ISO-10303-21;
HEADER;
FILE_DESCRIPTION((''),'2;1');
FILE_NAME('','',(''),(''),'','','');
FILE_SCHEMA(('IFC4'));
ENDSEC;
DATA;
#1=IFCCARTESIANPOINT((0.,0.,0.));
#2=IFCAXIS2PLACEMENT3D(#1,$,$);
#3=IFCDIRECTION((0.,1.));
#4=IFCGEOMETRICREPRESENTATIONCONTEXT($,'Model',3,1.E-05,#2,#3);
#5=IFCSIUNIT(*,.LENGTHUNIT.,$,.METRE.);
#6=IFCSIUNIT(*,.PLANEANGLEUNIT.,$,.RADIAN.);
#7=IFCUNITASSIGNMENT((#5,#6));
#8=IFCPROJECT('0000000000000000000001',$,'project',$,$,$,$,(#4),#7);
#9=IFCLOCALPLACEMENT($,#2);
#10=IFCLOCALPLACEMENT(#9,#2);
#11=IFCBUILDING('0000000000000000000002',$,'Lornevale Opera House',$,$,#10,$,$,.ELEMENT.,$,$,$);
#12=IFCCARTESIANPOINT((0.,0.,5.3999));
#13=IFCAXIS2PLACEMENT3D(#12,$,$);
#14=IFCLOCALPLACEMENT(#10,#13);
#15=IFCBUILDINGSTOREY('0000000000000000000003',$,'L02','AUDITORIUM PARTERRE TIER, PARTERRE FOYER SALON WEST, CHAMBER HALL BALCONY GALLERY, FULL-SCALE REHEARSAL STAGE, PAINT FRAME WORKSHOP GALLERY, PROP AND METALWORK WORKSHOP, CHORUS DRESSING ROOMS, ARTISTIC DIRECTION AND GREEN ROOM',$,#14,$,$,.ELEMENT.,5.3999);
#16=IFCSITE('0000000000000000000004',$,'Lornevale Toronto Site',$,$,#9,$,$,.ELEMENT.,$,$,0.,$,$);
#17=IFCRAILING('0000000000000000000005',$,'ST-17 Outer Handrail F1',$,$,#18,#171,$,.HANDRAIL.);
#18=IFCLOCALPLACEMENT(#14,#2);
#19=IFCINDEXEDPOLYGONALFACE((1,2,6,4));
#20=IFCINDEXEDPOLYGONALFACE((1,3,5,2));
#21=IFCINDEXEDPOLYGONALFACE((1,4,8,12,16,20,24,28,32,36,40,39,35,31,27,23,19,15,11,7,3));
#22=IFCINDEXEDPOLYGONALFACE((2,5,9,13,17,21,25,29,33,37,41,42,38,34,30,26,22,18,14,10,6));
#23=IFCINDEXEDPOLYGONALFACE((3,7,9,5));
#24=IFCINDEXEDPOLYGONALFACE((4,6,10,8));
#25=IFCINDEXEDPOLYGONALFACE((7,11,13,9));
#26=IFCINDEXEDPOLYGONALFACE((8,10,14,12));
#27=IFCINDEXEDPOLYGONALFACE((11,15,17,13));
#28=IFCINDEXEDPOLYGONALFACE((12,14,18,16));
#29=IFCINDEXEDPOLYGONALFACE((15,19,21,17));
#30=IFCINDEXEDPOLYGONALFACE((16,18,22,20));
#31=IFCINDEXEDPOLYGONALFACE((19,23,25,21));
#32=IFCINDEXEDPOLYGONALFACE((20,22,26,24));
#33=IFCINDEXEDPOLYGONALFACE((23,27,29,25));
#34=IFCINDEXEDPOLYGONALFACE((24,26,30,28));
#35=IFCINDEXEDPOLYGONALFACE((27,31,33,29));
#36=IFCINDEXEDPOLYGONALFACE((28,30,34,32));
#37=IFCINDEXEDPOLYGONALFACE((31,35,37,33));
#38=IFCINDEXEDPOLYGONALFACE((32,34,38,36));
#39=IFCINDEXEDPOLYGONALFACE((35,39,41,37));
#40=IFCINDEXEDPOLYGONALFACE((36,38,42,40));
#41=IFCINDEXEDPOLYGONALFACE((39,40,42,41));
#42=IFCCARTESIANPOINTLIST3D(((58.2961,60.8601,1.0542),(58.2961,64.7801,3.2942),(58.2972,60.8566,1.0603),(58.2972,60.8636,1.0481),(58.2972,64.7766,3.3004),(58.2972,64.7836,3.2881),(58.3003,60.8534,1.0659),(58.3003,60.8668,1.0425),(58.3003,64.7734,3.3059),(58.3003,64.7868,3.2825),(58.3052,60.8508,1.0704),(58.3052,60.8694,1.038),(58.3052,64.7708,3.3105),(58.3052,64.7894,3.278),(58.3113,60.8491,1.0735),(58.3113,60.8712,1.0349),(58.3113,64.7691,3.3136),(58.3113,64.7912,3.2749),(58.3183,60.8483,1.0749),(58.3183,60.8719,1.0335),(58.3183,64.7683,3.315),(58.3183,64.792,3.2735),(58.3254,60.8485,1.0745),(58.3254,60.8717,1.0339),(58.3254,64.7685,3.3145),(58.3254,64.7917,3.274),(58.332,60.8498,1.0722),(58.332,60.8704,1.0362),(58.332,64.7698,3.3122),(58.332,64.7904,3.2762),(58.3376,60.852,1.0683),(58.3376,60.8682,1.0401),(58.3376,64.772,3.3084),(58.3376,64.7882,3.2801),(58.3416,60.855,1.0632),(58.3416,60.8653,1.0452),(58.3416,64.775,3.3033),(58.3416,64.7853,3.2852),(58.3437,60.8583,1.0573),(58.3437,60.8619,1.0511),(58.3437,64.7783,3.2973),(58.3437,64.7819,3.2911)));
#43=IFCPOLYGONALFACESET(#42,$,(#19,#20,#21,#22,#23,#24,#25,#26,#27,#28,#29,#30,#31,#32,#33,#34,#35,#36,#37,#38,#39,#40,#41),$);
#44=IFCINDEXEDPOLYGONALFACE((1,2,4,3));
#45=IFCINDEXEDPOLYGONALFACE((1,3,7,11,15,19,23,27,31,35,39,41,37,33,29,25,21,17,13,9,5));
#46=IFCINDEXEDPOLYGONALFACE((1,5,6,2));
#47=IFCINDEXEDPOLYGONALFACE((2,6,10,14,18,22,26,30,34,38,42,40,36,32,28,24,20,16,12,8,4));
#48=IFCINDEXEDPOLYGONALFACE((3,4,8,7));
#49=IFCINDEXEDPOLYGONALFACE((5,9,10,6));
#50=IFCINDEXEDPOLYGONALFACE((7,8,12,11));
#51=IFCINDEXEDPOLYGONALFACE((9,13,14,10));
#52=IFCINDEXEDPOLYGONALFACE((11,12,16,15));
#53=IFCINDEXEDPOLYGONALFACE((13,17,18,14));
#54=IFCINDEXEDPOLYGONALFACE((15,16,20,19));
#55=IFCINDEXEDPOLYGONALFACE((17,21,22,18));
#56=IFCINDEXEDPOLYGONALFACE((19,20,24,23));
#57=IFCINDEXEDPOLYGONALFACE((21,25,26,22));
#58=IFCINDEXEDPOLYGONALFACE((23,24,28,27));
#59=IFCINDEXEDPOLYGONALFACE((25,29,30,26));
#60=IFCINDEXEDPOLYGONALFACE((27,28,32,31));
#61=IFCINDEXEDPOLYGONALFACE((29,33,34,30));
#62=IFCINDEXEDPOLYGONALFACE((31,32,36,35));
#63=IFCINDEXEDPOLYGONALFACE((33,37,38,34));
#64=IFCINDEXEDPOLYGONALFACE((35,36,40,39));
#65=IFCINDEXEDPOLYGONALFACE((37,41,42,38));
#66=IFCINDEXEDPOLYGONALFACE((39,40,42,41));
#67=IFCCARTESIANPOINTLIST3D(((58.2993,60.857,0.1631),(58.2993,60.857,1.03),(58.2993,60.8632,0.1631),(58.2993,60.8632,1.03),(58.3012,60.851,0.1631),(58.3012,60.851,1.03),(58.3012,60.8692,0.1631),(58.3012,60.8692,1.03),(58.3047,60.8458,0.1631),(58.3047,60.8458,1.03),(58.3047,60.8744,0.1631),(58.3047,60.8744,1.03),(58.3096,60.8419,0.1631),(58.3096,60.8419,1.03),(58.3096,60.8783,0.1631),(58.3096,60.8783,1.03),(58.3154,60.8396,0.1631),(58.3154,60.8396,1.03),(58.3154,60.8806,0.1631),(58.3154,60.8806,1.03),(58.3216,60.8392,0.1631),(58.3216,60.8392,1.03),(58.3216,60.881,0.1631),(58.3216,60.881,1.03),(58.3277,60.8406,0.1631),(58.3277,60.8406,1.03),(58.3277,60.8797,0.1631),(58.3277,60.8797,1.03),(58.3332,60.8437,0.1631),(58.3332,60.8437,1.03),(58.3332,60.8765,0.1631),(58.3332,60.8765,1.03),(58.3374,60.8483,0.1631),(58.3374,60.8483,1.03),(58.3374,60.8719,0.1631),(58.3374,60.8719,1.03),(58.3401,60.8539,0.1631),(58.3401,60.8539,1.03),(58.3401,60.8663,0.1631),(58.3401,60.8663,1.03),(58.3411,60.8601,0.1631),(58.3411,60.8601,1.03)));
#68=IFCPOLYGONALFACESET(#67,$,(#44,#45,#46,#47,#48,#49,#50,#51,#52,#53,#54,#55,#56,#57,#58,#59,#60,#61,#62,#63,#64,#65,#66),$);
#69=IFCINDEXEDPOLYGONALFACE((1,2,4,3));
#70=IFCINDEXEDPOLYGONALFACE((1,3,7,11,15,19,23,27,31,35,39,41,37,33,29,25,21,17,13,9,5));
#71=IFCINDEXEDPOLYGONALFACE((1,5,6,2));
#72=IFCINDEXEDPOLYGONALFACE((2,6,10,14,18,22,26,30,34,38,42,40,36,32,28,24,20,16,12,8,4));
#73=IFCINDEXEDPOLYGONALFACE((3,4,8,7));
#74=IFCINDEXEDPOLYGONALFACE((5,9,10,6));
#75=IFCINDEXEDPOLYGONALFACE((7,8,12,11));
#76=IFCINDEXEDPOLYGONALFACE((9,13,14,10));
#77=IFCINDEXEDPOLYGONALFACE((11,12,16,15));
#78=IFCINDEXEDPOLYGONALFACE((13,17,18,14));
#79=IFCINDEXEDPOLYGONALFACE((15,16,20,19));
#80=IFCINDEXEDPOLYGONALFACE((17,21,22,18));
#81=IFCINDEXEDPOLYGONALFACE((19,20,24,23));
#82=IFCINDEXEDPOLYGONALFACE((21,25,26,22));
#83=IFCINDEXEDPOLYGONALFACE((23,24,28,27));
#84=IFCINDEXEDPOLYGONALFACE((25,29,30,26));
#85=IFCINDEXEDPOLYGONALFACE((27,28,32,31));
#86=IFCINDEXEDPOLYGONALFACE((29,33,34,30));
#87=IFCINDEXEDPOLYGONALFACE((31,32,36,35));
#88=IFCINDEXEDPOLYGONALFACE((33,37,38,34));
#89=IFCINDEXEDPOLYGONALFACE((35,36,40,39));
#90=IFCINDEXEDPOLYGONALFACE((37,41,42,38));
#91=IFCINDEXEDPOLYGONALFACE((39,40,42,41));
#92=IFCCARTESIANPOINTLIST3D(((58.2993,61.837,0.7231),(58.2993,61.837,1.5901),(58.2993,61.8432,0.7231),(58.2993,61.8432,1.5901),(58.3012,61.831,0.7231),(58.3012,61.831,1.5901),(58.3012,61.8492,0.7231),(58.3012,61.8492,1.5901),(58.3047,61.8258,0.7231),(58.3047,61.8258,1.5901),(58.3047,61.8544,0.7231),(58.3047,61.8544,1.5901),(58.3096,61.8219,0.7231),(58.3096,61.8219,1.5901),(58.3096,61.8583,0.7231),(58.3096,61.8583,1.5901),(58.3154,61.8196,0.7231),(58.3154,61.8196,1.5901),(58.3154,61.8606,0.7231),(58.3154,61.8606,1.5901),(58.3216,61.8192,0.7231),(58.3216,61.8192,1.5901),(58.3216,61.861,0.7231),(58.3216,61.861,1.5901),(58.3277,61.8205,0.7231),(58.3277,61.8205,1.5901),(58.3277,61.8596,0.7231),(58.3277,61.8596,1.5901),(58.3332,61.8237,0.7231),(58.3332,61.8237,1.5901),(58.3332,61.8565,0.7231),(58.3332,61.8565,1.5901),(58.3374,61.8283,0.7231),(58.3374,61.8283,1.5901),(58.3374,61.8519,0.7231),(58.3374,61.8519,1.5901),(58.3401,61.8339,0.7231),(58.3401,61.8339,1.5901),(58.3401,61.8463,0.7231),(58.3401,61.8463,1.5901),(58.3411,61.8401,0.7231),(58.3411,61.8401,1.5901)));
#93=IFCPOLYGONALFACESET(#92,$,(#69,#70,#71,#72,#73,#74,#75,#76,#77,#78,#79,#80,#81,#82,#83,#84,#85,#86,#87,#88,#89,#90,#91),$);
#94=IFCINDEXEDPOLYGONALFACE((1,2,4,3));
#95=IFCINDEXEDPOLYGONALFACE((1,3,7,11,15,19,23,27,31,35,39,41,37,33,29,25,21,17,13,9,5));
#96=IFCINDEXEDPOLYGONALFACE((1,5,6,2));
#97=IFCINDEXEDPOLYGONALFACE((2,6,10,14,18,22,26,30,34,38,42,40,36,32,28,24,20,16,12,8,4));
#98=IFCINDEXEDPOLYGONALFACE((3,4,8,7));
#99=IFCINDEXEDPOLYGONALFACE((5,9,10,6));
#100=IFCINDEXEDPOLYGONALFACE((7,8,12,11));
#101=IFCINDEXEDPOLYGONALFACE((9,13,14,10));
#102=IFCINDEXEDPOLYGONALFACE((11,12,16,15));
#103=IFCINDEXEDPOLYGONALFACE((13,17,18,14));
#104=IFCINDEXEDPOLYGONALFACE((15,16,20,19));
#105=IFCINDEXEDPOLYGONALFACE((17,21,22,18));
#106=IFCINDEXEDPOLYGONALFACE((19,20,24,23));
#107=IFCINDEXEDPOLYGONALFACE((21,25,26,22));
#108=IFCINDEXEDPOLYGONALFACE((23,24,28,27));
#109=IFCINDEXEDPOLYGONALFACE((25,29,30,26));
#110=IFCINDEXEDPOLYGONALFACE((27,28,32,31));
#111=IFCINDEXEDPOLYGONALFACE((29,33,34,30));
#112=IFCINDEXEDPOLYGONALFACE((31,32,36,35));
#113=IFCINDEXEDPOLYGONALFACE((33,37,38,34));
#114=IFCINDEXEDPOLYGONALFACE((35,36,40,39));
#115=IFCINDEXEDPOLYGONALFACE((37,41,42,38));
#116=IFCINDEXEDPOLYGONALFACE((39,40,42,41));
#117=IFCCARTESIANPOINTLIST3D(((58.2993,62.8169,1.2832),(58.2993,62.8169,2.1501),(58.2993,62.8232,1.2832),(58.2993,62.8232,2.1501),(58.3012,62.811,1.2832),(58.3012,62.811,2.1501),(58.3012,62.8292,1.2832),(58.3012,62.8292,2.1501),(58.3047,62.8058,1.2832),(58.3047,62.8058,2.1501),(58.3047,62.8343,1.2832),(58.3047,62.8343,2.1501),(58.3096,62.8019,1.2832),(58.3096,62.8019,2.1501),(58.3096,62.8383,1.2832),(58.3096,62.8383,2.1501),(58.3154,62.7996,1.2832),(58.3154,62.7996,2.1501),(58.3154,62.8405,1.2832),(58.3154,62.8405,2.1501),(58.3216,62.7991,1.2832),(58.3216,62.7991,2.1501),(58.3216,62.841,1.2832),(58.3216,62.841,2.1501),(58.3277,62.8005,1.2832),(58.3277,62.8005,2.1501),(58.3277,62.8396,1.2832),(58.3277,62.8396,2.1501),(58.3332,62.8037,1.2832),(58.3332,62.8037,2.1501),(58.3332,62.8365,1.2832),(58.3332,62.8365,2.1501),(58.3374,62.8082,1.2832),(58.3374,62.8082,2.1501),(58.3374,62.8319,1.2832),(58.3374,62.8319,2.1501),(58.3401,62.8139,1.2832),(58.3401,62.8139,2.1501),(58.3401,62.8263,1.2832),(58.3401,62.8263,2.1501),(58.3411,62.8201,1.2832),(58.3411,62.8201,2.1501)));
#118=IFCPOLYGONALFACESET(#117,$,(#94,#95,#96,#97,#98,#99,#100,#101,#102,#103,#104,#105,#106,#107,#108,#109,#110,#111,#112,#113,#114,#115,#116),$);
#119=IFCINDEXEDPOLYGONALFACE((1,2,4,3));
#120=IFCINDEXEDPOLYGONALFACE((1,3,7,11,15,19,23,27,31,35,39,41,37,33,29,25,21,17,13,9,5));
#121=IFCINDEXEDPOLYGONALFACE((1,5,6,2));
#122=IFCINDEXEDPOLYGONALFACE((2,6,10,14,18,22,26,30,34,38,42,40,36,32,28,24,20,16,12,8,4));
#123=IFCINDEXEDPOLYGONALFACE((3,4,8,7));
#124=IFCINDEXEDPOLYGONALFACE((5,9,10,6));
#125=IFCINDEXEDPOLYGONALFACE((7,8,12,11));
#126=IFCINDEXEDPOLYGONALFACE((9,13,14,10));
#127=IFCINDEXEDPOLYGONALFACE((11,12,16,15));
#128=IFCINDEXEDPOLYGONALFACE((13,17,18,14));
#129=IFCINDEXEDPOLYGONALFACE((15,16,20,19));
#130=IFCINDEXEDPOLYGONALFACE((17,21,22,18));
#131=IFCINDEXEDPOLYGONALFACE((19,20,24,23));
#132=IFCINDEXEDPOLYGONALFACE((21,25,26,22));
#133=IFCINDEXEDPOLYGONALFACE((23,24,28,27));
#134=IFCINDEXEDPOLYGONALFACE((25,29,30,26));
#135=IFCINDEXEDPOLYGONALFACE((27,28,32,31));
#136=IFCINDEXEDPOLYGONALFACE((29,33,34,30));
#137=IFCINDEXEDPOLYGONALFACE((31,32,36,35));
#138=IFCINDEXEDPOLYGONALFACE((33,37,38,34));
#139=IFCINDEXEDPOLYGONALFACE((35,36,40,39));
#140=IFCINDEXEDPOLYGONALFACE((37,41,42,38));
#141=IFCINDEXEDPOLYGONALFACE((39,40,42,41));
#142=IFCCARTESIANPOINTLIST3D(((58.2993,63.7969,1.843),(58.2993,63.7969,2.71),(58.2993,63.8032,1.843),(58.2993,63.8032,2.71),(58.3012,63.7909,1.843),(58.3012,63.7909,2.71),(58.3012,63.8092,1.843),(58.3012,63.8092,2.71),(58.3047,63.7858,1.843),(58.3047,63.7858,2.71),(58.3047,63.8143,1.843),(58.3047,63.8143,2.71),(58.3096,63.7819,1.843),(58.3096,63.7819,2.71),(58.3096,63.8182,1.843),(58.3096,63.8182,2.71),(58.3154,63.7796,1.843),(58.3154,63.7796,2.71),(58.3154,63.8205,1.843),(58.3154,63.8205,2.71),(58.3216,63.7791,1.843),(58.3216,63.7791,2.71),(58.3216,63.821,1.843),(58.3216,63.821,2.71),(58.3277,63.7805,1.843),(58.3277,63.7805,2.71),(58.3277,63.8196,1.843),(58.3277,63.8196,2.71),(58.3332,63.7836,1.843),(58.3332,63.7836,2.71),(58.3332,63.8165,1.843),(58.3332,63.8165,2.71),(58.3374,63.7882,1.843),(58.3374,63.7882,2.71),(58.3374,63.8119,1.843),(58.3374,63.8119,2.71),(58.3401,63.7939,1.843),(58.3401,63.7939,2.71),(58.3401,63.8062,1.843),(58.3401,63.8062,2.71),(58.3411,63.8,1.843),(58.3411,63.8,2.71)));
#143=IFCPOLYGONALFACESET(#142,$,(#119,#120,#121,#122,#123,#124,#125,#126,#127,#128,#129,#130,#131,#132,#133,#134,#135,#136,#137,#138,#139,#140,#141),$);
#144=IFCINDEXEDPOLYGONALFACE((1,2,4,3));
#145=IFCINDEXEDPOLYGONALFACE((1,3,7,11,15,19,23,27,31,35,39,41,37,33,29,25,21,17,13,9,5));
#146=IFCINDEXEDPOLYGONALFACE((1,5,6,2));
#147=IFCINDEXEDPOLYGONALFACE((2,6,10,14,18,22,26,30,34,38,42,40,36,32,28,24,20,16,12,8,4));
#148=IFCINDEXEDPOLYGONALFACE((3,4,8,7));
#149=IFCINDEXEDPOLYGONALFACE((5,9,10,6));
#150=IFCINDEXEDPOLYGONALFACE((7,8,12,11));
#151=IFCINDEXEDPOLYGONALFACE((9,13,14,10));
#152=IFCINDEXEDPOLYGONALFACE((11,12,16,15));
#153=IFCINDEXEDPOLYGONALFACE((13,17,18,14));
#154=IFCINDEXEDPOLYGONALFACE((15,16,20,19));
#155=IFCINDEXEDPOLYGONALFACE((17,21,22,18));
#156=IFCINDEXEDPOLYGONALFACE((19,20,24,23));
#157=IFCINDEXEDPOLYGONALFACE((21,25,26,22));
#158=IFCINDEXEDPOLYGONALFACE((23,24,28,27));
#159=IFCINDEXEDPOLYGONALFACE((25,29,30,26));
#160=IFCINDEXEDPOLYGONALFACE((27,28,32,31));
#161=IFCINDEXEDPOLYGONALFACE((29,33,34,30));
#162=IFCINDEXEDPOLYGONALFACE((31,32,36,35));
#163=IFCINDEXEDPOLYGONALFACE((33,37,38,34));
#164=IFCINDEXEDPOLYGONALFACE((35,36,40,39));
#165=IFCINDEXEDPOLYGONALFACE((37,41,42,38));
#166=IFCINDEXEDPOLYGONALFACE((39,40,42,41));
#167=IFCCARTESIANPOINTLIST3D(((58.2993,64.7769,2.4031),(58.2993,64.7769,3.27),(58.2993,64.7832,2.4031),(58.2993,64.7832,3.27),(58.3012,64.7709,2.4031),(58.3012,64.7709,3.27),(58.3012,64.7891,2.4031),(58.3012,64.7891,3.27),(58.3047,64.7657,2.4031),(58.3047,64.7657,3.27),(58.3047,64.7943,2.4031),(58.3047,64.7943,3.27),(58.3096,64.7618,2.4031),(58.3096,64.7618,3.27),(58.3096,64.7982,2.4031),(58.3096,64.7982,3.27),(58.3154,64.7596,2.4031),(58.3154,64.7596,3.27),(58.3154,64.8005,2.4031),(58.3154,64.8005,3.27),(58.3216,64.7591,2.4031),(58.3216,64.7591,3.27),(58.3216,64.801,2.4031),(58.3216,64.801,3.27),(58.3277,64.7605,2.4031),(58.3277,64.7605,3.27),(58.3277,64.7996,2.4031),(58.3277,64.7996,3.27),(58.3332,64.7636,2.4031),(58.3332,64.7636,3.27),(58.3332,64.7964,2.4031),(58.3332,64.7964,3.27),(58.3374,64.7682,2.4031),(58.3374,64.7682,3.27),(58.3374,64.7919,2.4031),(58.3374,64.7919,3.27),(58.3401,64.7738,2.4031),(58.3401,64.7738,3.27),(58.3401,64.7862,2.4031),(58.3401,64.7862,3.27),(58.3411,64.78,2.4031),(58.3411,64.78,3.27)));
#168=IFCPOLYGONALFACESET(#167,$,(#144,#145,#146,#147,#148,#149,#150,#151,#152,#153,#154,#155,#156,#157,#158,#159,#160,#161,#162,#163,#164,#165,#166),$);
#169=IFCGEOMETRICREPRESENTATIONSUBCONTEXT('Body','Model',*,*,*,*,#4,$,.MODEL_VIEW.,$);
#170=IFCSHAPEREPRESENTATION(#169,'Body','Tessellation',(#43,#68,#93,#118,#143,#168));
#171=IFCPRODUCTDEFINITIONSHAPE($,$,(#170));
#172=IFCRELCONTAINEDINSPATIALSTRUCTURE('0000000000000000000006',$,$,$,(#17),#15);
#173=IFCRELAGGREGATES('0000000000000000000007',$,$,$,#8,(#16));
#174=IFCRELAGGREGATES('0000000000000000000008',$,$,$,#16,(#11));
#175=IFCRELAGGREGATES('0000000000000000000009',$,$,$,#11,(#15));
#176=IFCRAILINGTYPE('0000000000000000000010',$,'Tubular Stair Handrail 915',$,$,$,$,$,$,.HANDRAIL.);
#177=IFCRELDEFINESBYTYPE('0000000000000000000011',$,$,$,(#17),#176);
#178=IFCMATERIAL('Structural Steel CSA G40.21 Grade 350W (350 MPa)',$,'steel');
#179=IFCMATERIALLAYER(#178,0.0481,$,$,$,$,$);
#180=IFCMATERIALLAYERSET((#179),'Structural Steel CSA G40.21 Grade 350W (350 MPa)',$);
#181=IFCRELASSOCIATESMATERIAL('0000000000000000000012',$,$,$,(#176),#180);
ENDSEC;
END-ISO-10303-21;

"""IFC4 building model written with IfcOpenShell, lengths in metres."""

from ifc_helpers import new_model, si_unit, direction, frame, origin, origin_2d, place, context, subcontext, project, spatial, circle, extrude, material, layer, layer_set, type_object, element, save


model = new_model("IFC4")

# Units and contexts
model_context = context("Model", 3, precision=1e-05, world=origin(), true_north=direction((0.0, 1.0)))
body_context = subcontext(model_context, "Body", "Model", "MODEL_VIEW")
ifc_project = project(units=[si_unit("LENGTHUNIT", "METRE"), si_unit("PLANEANGLEUNIT", "RADIAN")], contexts=[model_context])

# Site, building, storey
site_placement = place(None, origin())
site = spatial("IfcSite", under=ifc_project, at=site_placement, Name="Lornevale Toronto Site", CompositionType="ELEMENT", RefElevation=0.0)
building_placement = place(site_placement, origin())
building = spatial("IfcBuilding", under=site, at=building_placement, Name="Lornevale Opera House", CompositionType="ELEMENT")
storey_placement = place(building_placement, frame((0.0, 0.0, 5.3999)))
storey = spatial("IfcBuildingStorey", under=building, at=storey_placement, Name="L02", Description="AUDITORIUM PARTERRE TIER, PARTERRE FOYER SALON WEST, CHAMBER HALL BALCONY GALLERY, FULL-SCALE REHEARSAL STAGE, PAINT FRAME WORKSHOP GALLERY, PROP AND METALWORK WORKSHOP, CHORUS DRESSING ROOMS, ARTISTIC DIRECTION AND GREEN ROOM", CompositionType="ELEMENT", Elevation=5.3999)

# Shared definitions
ifc_material_1 = material(Name="Structural Steel CSA G40.21 Grade 350W (350 MPa)", Category="steel")

# Railing
ifc_layer_1 = layer(ifc_material_1, 0.0481)
ifc_layer_set_1 = layer_set([ifc_layer_1], Name="Structural Steel CSA G40.21 Grade 350W (350 MPa)")
railing_type_1 = type_object("IfcRailingType", Name="Tubular Stair Handrail 915", PredefinedType="HANDRAIL", material=ifc_layer_set_1)
railing_1_placement = place(storey_placement, frame((58.3201, 60.8601, 0.1631)))
element("IfcRailing", 1, at=railing_1_placement, inside=storey, type_object=railing_type_1, Name="ST-17 Outer Handrail F1", PredefinedType="HANDRAIL", context=body_context, shape_type="SweptSolid", body=[
    extrude(circle(Radius=0.0239, at=origin_2d()), frame((0.0, 0.0, 0.8911), z_axis=(0.0, 0.86824, 0.496145), x_axis=(-1.0, 0.0, 0.0)), (0.0, 0.0, 1.0), 4.5149),
    extrude(circle(Radius=0.021, at=origin_2d()), origin(), (0.0, 0.0, 1.0), 0.8669),
    extrude(circle(Radius=0.021, at=origin_2d()), frame((0.0, 0.98, 0.5601)), (0.0, 0.0, 1.0), 0.8669),
    extrude(circle(Radius=0.021, at=origin_2d()), frame((0.0, 1.96, 1.1201)), (0.0, 0.0, 1.0), 0.8669),
    extrude(circle(Radius=0.021, at=origin_2d()), frame((0.0, 2.9399, 1.6799)), (0.0, 0.0, 1.0), 0.8669),
    extrude(circle(Radius=0.021, at=origin_2d()), frame((0.0, 3.9199, 2.24)), (0.0, 0.0, 1.0), 0.8669),
])

save(model, "model.ifc")
